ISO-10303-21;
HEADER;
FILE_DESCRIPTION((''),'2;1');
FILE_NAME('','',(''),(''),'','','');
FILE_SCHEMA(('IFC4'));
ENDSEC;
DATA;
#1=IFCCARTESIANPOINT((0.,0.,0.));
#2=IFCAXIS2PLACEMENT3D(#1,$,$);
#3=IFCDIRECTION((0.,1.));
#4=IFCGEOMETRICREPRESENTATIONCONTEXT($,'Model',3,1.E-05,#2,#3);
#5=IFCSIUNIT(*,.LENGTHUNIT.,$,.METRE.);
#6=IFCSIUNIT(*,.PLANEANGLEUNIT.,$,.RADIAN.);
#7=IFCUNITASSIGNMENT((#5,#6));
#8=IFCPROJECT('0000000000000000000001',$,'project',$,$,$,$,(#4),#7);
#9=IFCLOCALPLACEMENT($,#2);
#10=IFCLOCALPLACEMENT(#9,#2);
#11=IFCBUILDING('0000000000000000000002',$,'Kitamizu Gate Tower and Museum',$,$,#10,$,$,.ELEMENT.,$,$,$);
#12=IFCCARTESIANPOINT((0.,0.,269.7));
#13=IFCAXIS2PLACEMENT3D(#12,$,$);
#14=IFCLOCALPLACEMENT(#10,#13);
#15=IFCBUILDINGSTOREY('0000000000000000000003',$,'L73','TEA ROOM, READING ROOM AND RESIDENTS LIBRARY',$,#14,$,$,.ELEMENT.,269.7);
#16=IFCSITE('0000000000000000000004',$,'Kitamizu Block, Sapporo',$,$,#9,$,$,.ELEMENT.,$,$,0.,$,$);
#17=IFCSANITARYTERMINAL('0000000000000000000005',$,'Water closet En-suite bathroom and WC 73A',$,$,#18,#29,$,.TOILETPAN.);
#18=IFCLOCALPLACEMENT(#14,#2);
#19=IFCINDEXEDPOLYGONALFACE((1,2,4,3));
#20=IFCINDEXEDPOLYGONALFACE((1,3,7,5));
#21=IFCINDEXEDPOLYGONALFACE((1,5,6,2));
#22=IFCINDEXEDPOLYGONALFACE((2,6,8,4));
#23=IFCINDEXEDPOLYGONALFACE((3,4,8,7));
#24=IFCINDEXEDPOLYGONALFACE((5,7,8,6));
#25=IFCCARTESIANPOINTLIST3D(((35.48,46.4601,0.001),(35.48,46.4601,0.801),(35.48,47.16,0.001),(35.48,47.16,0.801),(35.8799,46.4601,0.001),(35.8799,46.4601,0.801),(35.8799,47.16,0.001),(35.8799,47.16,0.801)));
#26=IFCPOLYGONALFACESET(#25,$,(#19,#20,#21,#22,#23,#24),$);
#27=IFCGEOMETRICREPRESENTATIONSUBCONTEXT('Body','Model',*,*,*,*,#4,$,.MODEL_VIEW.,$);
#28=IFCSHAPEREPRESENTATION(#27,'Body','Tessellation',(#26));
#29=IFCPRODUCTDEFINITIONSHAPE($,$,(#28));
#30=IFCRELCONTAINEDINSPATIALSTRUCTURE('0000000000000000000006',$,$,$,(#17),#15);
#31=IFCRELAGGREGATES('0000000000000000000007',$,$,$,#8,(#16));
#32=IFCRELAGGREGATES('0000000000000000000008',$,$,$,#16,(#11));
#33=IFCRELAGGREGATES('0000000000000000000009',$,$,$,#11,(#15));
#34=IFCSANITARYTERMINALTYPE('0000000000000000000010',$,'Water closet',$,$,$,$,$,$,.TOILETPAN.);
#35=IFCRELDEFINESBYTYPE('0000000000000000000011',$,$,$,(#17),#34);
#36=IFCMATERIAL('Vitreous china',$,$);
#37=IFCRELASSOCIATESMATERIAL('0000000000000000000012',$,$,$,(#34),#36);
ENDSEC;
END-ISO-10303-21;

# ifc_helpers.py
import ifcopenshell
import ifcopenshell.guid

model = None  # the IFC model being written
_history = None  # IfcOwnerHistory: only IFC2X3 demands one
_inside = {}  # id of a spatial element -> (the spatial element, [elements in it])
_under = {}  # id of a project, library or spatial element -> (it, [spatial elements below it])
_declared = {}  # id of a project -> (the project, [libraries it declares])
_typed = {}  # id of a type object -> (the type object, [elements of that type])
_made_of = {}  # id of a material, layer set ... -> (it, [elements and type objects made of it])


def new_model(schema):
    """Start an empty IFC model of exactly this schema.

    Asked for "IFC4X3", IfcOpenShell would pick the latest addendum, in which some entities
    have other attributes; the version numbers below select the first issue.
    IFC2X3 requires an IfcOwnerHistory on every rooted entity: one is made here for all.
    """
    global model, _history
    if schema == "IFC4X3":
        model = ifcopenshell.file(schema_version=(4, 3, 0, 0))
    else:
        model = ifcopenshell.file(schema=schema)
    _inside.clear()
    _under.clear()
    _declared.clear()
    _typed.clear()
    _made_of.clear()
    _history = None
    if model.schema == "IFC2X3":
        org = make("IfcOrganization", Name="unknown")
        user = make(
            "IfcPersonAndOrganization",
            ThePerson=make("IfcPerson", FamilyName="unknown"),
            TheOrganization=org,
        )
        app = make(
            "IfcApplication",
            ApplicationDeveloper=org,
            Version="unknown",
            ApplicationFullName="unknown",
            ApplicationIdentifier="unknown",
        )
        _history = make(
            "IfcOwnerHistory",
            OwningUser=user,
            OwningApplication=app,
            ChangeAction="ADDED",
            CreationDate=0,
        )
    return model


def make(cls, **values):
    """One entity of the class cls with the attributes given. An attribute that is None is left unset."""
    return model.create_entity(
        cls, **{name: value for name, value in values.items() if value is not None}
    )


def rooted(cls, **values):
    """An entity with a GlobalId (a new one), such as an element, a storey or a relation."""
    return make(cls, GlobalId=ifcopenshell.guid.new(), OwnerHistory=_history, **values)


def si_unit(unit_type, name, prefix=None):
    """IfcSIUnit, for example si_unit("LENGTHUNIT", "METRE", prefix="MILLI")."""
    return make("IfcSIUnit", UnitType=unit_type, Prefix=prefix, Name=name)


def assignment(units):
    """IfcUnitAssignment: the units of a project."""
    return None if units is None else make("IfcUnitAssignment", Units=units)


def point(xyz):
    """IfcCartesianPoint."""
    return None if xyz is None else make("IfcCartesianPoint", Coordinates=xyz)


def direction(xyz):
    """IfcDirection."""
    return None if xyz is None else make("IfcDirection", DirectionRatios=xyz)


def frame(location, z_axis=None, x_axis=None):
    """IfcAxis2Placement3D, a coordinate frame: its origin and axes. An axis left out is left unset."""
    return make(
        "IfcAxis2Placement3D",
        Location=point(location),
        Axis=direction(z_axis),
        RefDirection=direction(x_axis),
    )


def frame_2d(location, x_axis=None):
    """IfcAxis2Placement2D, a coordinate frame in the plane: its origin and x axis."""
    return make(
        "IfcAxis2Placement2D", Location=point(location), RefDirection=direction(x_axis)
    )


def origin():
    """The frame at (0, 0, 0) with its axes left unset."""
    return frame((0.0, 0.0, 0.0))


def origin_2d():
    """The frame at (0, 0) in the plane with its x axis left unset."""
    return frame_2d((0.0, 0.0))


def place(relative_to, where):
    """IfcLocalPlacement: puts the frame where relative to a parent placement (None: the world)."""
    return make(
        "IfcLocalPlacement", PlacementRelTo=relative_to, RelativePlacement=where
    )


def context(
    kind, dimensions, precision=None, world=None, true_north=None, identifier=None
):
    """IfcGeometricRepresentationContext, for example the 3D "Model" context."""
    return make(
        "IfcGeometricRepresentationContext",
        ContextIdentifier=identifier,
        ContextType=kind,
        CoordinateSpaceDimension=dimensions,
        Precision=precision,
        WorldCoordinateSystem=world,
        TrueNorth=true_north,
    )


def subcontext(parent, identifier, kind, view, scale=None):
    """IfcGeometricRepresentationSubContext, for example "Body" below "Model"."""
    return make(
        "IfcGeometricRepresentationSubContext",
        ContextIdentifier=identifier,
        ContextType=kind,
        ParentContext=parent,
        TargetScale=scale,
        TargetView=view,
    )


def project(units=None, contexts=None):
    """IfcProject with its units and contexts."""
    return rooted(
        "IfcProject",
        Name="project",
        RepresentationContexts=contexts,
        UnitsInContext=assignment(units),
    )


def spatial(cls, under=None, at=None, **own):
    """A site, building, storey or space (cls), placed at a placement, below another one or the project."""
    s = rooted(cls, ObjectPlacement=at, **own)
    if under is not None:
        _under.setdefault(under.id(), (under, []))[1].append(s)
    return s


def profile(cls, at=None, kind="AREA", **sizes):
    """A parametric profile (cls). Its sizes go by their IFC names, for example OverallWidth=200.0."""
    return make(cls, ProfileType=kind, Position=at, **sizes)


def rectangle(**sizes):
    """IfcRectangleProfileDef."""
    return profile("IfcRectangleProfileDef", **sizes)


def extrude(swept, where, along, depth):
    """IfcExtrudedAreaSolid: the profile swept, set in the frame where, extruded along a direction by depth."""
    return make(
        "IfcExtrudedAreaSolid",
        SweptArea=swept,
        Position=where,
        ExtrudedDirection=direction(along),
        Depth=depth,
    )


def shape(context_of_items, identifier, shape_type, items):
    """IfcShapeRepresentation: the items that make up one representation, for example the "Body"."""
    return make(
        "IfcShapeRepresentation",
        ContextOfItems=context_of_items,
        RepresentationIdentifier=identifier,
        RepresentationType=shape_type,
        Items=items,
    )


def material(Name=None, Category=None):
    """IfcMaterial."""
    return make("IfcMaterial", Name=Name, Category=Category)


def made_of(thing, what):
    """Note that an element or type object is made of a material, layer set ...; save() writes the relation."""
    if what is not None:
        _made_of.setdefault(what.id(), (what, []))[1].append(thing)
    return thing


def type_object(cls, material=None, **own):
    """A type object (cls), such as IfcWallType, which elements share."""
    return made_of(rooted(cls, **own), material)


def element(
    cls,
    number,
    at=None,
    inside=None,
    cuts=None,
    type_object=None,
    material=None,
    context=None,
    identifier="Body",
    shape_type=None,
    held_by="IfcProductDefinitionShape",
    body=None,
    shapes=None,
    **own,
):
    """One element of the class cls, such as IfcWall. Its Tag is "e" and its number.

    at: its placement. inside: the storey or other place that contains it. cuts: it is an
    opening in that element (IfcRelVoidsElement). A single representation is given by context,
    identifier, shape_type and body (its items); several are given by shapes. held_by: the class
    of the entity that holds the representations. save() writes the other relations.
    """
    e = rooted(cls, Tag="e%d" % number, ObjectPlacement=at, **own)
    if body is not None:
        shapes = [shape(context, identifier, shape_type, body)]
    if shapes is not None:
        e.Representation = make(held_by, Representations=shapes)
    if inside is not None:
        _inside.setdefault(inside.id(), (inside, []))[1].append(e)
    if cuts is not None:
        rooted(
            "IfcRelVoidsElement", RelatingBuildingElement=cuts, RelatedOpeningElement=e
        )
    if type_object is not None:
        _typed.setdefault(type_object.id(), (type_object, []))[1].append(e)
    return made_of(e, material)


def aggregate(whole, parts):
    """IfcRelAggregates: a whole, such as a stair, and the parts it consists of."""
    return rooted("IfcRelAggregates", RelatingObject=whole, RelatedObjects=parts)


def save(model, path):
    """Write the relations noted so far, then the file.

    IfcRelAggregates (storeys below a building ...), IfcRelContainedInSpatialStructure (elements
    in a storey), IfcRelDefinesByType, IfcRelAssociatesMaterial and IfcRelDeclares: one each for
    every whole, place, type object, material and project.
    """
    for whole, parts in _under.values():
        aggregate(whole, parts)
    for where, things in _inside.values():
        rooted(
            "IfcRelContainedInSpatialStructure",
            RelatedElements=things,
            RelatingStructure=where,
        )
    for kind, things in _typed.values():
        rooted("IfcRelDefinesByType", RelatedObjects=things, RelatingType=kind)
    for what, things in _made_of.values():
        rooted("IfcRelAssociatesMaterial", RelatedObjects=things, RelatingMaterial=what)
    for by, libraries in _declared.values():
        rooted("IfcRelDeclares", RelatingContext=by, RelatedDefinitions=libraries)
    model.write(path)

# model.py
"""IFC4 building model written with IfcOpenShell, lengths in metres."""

from ifc_helpers import new_model, si_unit, direction, frame, origin, origin_2d, place, context, subcontext, project, spatial, rectangle, extrude, material, type_object, element, save


model = new_model("IFC4")

# Units and contexts
model_context = context("Model", 3, precision=1e-05, world=origin(), true_north=direction((0.0, 1.0)))
body_context = subcontext(model_context, "Body", "Model", "MODEL_VIEW")
ifc_project = project(units=[si_unit("LENGTHUNIT", "METRE"), si_unit("PLANEANGLEUNIT", "RADIAN")], contexts=[model_context])

# Site, building, storey
site_placement = place(None, origin())
site = spatial("IfcSite", under=ifc_project, at=site_placement, Name="Kitamizu Block, Sapporo", CompositionType="ELEMENT", RefElevation=0.0)
building_placement = place(site_placement, origin())
building = spatial("IfcBuilding", under=site, at=building_placement, Name="Kitamizu Gate Tower and Museum", CompositionType="ELEMENT")
storey_placement = place(building_placement, frame((0.0, 0.0, 269.7)))
storey = spatial("IfcBuildingStorey", under=building, at=storey_placement, Name="L73", Description="TEA ROOM, READING ROOM AND RESIDENTS LIBRARY", CompositionType="ELEMENT", Elevation=269.7)

# Sanitary terminal
ifc_material_1 = material(Name="Vitreous china")
sanitary_terminal_type_1 = type_object("IfcSanitaryTerminalType", Name="Water closet", PredefinedType="TOILETPAN", material=ifc_material_1)
sanitary_terminal_1_placement = place(storey_placement, frame((35.6799, 46.8101, 0.001), z_axis=(0.0, 0.0, 1.0), x_axis=(1.0, 0.0, 0.0)))
element("IfcSanitaryTerminal", 1, at=sanitary_terminal_1_placement, inside=storey, type_object=sanitary_terminal_type_1, Name="Water closet En-suite bathroom and WC 73A", PredefinedType="TOILETPAN", context=body_context, shape_type="SweptSolid", body=[
    extrude(rectangle(XDim=0.3999, YDim=0.7, at=origin_2d()), origin(), (0.0, 0.0, 1.0), 0.8),
])

save(model, "model.ifc")
